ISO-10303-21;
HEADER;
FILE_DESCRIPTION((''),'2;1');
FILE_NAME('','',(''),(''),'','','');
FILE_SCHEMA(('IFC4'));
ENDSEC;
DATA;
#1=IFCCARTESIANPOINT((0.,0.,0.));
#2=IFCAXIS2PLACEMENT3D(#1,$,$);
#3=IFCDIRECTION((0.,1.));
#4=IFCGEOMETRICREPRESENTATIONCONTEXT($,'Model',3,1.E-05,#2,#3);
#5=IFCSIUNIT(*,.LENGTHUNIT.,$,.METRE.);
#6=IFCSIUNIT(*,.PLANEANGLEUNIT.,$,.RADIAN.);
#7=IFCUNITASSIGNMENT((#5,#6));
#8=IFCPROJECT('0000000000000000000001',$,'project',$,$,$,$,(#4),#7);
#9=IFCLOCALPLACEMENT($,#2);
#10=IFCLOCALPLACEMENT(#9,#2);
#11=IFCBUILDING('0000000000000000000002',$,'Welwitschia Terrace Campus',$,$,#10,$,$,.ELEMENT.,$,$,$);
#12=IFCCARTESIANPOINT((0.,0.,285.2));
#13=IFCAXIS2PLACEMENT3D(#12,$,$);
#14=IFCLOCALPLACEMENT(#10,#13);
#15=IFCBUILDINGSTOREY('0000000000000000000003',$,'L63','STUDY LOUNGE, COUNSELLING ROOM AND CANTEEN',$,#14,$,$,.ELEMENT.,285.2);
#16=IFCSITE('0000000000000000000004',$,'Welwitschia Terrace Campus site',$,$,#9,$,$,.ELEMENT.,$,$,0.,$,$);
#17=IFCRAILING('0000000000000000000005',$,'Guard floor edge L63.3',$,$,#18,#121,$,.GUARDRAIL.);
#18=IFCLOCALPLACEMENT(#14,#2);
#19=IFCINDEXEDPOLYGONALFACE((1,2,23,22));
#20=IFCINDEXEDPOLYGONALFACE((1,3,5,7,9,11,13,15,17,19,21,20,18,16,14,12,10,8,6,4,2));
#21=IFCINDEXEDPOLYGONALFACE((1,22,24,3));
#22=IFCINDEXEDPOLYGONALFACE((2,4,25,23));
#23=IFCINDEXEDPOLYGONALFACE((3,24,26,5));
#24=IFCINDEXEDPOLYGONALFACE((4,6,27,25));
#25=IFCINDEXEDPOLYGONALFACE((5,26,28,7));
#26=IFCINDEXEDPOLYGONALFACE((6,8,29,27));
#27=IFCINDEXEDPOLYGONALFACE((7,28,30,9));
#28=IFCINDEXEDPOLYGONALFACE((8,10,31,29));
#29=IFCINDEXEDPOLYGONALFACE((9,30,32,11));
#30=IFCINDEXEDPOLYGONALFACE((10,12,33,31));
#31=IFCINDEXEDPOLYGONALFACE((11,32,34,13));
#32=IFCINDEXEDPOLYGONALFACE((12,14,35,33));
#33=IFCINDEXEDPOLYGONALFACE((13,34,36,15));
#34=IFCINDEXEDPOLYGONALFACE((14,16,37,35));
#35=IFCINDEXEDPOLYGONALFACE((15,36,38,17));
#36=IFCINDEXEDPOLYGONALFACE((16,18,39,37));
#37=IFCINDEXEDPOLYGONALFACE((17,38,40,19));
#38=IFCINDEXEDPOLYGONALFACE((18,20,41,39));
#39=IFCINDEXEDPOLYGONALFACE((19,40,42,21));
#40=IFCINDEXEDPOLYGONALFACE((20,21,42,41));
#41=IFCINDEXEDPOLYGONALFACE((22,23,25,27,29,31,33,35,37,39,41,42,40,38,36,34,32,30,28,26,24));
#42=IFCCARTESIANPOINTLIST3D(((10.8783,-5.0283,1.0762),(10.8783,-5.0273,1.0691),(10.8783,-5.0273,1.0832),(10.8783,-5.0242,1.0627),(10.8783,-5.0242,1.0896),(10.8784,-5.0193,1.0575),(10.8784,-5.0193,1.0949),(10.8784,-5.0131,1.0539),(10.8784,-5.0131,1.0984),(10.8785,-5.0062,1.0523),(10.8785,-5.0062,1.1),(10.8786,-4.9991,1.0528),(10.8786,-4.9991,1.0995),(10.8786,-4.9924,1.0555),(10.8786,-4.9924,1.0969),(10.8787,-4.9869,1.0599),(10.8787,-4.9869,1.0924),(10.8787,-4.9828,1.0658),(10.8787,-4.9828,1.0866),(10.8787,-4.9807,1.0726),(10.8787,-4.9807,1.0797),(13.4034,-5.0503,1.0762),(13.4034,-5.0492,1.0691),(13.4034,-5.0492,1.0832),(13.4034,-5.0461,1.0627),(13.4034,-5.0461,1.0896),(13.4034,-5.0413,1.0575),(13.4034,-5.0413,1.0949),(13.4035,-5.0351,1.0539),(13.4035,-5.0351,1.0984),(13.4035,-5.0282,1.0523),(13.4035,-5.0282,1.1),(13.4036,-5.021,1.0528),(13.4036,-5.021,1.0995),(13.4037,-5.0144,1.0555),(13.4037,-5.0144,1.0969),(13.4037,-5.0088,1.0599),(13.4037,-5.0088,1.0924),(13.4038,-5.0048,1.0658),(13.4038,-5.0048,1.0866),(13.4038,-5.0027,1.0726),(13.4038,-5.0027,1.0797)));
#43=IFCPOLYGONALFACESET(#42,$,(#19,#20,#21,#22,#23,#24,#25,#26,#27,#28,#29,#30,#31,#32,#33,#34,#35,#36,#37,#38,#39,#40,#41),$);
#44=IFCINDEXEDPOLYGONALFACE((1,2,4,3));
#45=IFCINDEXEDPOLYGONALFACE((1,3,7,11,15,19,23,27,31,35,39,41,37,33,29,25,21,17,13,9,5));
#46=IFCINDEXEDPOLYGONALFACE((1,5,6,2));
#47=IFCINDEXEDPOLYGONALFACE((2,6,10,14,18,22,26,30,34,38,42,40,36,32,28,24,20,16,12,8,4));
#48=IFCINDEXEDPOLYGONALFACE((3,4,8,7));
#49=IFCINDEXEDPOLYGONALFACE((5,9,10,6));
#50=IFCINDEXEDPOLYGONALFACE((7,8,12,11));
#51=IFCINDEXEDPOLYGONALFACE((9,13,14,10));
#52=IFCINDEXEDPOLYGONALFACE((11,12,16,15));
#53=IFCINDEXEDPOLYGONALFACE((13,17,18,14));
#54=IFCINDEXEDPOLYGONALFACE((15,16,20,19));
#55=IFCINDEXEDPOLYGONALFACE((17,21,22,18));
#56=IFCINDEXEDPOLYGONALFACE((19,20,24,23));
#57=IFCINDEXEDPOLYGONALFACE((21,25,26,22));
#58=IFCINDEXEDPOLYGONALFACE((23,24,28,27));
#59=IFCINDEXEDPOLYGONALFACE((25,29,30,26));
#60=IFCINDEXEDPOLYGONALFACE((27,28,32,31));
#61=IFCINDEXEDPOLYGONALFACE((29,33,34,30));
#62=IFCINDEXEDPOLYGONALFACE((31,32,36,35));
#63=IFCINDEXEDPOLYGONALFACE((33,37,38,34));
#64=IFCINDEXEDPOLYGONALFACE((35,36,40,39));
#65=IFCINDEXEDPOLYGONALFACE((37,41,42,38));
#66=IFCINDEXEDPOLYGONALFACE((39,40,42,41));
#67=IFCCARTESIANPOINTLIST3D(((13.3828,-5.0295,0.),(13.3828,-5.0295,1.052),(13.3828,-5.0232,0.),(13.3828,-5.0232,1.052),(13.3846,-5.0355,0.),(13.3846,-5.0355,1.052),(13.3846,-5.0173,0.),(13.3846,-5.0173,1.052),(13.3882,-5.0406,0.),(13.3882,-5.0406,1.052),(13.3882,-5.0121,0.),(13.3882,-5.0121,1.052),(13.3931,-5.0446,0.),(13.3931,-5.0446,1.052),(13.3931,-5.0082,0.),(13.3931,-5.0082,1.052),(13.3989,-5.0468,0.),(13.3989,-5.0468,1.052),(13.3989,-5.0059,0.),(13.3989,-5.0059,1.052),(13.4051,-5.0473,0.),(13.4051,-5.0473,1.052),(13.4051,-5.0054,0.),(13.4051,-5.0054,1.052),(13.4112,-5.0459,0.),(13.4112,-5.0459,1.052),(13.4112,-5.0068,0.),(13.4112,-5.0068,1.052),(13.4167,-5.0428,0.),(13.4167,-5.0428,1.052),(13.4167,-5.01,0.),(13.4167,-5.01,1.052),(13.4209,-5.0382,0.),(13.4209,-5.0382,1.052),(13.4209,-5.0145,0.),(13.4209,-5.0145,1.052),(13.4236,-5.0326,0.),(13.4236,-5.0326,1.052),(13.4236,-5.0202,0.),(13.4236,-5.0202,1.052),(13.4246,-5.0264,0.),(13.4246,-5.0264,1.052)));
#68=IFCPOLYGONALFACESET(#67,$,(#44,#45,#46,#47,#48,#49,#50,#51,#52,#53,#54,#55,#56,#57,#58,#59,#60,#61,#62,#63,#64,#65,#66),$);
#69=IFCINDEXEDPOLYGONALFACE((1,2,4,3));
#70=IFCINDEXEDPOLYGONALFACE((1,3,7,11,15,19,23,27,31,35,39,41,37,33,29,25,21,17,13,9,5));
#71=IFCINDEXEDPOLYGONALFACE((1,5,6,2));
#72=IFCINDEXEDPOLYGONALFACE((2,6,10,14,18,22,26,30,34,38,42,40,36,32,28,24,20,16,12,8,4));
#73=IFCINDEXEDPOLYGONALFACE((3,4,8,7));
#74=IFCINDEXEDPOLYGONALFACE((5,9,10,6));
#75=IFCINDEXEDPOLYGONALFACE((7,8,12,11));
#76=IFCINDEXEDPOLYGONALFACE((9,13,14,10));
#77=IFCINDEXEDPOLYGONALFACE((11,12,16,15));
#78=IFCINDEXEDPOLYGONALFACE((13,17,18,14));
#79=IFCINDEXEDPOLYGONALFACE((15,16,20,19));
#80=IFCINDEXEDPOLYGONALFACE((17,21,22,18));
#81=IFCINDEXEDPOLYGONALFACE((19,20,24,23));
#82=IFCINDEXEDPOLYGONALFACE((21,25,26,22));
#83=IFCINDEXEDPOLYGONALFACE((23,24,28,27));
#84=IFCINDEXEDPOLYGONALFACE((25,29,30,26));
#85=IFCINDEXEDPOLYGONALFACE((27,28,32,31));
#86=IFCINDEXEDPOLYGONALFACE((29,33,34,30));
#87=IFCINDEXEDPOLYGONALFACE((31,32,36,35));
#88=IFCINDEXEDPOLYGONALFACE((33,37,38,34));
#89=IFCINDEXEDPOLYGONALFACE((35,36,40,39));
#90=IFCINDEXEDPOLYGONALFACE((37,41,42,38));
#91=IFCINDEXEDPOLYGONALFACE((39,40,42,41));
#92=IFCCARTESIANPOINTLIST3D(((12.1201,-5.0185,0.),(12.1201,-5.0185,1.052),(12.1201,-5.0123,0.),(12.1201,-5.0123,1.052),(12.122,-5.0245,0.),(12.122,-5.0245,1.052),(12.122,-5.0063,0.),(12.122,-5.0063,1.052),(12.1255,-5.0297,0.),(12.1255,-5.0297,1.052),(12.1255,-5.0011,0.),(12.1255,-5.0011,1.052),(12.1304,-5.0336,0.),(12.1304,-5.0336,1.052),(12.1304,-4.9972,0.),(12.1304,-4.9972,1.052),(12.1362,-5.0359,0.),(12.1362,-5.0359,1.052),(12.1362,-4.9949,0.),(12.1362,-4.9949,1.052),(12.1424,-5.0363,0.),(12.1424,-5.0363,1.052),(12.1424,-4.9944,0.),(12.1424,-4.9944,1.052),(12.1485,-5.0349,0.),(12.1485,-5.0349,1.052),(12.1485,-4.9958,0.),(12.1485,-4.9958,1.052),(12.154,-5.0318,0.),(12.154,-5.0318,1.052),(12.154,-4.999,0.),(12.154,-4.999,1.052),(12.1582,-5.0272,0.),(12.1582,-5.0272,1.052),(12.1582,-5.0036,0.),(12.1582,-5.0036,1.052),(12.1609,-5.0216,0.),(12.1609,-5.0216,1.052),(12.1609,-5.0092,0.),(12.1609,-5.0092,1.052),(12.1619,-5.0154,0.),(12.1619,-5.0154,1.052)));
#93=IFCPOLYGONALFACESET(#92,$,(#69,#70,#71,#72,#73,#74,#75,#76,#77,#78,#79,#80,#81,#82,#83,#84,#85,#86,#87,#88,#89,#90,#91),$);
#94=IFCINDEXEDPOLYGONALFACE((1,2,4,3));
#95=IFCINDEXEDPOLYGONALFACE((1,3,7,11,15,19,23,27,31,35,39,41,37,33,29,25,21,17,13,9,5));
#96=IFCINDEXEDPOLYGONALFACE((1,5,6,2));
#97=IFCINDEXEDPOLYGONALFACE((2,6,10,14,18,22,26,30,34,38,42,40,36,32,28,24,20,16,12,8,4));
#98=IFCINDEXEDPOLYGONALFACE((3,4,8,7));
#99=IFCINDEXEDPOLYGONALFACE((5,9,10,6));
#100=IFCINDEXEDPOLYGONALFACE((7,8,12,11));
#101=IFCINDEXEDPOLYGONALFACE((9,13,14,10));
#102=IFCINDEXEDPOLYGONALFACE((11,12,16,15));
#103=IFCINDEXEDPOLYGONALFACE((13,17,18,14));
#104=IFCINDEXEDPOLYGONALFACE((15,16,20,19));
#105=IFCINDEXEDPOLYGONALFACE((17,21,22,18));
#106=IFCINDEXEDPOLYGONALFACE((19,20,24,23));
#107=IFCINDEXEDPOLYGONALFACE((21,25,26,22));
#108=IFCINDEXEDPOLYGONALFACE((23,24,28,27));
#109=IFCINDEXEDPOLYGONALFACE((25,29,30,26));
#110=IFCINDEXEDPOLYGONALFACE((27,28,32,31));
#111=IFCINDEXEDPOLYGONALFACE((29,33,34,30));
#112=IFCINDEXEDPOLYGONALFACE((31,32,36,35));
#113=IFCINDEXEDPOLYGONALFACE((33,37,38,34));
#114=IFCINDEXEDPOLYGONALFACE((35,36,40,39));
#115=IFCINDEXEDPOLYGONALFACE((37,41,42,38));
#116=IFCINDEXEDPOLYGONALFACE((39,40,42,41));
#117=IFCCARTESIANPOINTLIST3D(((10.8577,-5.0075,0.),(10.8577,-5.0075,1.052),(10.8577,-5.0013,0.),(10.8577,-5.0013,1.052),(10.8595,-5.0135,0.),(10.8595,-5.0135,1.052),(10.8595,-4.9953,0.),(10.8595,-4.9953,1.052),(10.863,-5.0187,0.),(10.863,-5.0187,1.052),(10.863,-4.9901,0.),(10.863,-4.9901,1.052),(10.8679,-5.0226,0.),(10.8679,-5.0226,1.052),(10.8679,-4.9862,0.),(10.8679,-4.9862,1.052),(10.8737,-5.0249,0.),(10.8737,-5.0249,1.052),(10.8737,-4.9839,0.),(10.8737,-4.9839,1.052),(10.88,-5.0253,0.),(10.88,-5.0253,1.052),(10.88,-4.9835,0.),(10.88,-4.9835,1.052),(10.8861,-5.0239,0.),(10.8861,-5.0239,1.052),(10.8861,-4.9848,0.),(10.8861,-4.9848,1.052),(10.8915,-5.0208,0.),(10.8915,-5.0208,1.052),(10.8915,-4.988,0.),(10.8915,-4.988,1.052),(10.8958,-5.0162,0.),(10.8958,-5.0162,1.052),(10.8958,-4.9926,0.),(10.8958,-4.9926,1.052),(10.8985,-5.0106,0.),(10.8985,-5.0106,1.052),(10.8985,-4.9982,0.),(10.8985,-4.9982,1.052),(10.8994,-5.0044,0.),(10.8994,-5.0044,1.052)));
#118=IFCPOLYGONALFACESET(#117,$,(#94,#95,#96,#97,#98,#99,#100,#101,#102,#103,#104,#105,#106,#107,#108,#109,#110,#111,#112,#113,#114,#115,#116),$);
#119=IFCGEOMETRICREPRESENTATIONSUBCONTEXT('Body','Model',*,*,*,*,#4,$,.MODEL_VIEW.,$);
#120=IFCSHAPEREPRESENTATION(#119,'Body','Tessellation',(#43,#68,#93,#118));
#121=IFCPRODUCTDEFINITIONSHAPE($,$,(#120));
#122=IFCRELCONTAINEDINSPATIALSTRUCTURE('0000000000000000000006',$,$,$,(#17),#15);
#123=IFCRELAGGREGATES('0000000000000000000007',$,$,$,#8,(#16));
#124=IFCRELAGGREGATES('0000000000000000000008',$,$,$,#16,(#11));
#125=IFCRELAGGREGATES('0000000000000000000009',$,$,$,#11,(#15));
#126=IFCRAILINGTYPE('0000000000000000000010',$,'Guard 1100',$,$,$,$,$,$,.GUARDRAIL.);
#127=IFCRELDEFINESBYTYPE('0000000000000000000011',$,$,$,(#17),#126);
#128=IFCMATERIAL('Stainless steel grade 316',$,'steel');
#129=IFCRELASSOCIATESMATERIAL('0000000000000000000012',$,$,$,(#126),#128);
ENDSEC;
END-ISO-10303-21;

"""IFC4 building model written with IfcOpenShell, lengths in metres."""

from ifc_helpers import new_model, si_unit, direction, frame, origin, origin_2d, place, context, subcontext, project, spatial, circle, extrude, material, type_object, element, save


model = new_model("IFC4")

# Units and contexts
model_context = context("Model", 3, precision=1e-05, world=origin(), true_north=direction((0.0, 1.0)))
body_context = subcontext(model_context, "Body", "Model", "MODEL_VIEW")
ifc_project = project(units=[si_unit("LENGTHUNIT", "METRE"), si_unit("PLANEANGLEUNIT", "RADIAN")], contexts=[model_context])

# Site, building, storey
site_placement = place(None, origin())
site = spatial("IfcSite", under=ifc_project, at=site_placement, Name="Welwitschia Terrace Campus site", CompositionType="ELEMENT", RefElevation=0.0)
building_placement = place(site_placement, origin())
building = spatial("IfcBuilding", under=site, at=building_placement, Name="Welwitschia Terrace Campus", CompositionType="ELEMENT")
storey_placement = place(building_placement, frame((0.0, 0.0, 285.2)))
storey = spatial("IfcBuildingStorey", under=building, at=storey_placement, Name="L63", Description="STUDY LOUNGE, COUNSELLING ROOM AND CANTEEN", CompositionType="ELEMENT", Elevation=285.2)

# Railing
ifc_material_1 = material(Name="Stainless steel grade 316", Category="steel")
railing_type_1 = type_object("IfcRailingType", Name="Guard 1100", PredefinedType="GUARDRAIL", material=ifc_material_1)
railing_1_placement = place(storey_placement, frame((13.4036, -5.0264, 0.0)))
element("IfcRailing", 1, at=railing_1_placement, inside=storey, type_object=railing_type_1, Name="Guard floor edge L63.3", PredefinedType="GUARDRAIL", context=body_context, shape_type="SweptSolid", body=[
    extrude(circle(Radius=0.0239, at=origin_2d()), frame((0.0, 0.0, 1.0762), z_axis=(-0.999962, 0.008701, 0.0), x_axis=(-0.008701, -0.999962, 0.0)), (0.0, 0.0, 1.0), 2.5251),
    extrude(circle(Radius=0.021, at=origin_2d()), origin(), (0.0, 0.0, 1.0), 1.052),
    extrude(circle(Radius=0.021, at=origin_2d()), frame((-1.2627, 0.011, 0.0)), (0.0, 0.0, 1.0), 1.052),
    extrude(circle(Radius=0.021, at=origin_2d()), frame((-2.5251, 0.022, 0.0)), (0.0, 0.0, 1.0), 1.052),
])

save(model, "model.ifc")
